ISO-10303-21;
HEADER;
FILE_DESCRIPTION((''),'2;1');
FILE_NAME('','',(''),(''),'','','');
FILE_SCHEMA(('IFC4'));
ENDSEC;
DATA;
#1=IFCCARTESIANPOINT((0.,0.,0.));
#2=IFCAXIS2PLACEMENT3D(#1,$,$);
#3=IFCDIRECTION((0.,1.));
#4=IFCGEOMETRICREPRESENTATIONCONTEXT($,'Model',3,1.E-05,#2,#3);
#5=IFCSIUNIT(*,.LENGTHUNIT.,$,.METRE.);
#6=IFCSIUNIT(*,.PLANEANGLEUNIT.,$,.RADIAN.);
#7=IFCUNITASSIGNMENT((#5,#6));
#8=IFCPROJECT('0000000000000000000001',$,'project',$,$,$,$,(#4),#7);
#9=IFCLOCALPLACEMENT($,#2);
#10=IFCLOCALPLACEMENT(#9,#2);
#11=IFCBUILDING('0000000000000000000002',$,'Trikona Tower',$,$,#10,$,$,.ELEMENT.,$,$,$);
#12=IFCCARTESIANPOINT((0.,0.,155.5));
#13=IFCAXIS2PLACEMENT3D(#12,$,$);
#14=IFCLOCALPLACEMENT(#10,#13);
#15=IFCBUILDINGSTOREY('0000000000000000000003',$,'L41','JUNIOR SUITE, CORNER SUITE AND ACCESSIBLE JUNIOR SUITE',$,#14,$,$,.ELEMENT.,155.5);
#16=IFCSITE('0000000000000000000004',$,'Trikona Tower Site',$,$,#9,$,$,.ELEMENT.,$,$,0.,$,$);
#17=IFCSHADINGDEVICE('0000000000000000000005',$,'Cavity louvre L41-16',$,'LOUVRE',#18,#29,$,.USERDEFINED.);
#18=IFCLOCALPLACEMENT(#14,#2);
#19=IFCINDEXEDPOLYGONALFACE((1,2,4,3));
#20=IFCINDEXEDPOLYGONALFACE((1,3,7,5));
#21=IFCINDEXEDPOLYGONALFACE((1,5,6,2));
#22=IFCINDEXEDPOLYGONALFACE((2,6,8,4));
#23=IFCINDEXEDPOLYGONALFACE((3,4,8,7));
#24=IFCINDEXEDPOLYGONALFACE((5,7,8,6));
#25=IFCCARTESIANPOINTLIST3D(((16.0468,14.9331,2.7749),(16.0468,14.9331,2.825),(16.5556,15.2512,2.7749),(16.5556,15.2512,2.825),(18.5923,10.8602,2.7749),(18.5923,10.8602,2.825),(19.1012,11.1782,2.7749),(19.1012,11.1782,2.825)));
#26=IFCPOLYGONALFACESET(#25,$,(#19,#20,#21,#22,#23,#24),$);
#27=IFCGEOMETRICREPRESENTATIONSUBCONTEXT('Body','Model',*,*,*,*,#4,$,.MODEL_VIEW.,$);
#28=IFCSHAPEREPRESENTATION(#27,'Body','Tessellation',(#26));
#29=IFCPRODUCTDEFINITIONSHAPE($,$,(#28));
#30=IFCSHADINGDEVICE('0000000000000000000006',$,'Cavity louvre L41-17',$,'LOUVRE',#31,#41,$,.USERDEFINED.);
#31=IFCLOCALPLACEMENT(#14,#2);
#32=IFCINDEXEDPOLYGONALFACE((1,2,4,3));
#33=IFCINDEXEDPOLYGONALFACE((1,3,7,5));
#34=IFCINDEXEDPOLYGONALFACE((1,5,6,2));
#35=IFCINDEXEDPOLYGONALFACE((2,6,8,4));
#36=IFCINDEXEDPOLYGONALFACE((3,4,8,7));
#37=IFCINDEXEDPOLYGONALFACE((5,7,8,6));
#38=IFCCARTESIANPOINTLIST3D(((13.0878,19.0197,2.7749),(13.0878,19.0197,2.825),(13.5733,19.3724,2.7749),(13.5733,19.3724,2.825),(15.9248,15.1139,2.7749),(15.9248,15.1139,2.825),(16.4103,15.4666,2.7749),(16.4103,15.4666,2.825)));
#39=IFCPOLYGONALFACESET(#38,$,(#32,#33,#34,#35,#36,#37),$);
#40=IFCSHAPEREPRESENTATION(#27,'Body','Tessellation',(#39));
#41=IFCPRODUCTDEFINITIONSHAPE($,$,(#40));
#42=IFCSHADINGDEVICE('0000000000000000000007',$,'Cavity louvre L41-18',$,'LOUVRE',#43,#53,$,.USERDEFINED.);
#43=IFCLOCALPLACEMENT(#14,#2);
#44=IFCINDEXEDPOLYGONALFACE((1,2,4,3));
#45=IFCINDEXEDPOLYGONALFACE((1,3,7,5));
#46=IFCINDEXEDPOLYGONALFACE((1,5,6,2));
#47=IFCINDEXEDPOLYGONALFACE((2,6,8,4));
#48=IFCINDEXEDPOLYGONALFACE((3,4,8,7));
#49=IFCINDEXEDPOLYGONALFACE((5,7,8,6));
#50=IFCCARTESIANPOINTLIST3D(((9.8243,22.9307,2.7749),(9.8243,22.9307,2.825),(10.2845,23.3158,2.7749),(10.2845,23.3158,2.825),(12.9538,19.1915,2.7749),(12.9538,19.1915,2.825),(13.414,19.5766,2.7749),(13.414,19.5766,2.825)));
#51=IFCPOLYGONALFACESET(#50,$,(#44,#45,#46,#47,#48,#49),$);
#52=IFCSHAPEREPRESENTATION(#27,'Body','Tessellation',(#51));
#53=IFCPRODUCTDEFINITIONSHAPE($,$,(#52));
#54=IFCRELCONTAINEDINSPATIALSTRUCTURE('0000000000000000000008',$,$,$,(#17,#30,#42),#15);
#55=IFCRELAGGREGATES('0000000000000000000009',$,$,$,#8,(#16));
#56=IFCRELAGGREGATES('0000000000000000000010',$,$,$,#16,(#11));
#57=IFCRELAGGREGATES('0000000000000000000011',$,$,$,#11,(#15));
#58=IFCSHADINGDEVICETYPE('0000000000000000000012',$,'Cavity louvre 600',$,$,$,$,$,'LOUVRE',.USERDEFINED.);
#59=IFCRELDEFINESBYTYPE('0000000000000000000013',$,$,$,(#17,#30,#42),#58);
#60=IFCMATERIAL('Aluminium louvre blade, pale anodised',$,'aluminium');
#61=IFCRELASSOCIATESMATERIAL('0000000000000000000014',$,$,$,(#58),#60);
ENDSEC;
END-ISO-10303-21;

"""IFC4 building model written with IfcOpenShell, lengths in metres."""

from ifc_helpers import new_model, si_unit, direction, frame, origin, origin_2d, place, context, subcontext, project, spatial, rectangle, extrude, material, type_object, element, save


model = new_model("IFC4")

# Units and contexts
model_context = context("Model", 3, precision=1e-05, world=origin(), true_north=direction((0.0, 1.0)))
body_context = subcontext(model_context, "Body", "Model", "MODEL_VIEW")
ifc_project = project(units=[si_unit("LENGTHUNIT", "METRE"), si_unit("PLANEANGLEUNIT", "RADIAN")], contexts=[model_context])

# Site, building, storey
site_placement = place(None, origin())
site = spatial("IfcSite", under=ifc_project, at=site_placement, Name="Trikona Tower Site", CompositionType="ELEMENT", RefElevation=0.0)
building_placement = place(site_placement, origin())
building = spatial("IfcBuilding", under=site, at=building_placement, Name="Trikona Tower", CompositionType="ELEMENT")
storey_placement = place(building_placement, frame((0.0, 0.0, 155.5)))
storey = spatial("IfcBuildingStorey", under=building, at=storey_placement, Name="L41", Description="JUNIOR SUITE, CORNER SUITE AND ACCESSIBLE JUNIOR SUITE", CompositionType="ELEMENT", Elevation=155.5)

# Shading devices
ifc_material_1 = material(Name="Aluminium louvre blade, pale anodised", Category="aluminium")
shading_device_type = type_object("IfcShadingDeviceType", Name="Cavity louvre 600", ElementType="LOUVRE", PredefinedType="USERDEFINED", material=ifc_material_1)
shading_device_1_placement = place(storey_placement, frame((17.574, 13.0557, 2.7749), z_axis=(0.0, 0.0, 1.0), x_axis=(-0.529995, 0.848001, 0.0)))
element("IfcShadingDevice", 1, at=shading_device_1_placement, inside=storey, type_object=shading_device_type, Name="Cavity louvre L41-16", ObjectType="LOUVRE", PredefinedType="USERDEFINED", context=body_context, shape_type="SweptSolid", body=[
    extrude(rectangle(XDim=4.803, YDim=0.6001, at=origin_2d()), origin(), (0.0, 0.0, 1.0), 0.05),
])
shading_device_2_placement = place(storey_placement, frame((14.749, 17.2432, 2.7749), z_axis=(0.0, 0.0, 1.0), x_axis=(-0.587686, 0.809089, 0.0)))
element("IfcShadingDevice", 2, at=shading_device_2_placement, inside=storey, type_object=shading_device_type, Name="Cavity louvre L41-17", ObjectType="LOUVRE", PredefinedType="USERDEFINED", context=body_context, shape_type="SweptSolid", body=[
    extrude(rectangle(XDim=4.8274, YDim=0.6001, at=origin_2d()), origin(), (0.0, 0.0, 1.0), 0.05),
])
shading_device_3_placement = place(storey_placement, frame((11.6191, 21.2537, 2.7749), z_axis=(0.0, 0.0, 1.0), x_axis=(-0.641807, 0.766866, 0.0)))
element("IfcShadingDevice", 3, at=shading_device_3_placement, inside=storey, type_object=shading_device_type, Name="Cavity louvre L41-18", ObjectType="LOUVRE", PredefinedType="USERDEFINED", context=body_context, shape_type="SweptSolid", body=[
    extrude(rectangle(XDim=4.876, YDim=0.6001, at=origin_2d()), origin(), (0.0, 0.0, 1.0), 0.05),
])

save(model, "model.ifc")
